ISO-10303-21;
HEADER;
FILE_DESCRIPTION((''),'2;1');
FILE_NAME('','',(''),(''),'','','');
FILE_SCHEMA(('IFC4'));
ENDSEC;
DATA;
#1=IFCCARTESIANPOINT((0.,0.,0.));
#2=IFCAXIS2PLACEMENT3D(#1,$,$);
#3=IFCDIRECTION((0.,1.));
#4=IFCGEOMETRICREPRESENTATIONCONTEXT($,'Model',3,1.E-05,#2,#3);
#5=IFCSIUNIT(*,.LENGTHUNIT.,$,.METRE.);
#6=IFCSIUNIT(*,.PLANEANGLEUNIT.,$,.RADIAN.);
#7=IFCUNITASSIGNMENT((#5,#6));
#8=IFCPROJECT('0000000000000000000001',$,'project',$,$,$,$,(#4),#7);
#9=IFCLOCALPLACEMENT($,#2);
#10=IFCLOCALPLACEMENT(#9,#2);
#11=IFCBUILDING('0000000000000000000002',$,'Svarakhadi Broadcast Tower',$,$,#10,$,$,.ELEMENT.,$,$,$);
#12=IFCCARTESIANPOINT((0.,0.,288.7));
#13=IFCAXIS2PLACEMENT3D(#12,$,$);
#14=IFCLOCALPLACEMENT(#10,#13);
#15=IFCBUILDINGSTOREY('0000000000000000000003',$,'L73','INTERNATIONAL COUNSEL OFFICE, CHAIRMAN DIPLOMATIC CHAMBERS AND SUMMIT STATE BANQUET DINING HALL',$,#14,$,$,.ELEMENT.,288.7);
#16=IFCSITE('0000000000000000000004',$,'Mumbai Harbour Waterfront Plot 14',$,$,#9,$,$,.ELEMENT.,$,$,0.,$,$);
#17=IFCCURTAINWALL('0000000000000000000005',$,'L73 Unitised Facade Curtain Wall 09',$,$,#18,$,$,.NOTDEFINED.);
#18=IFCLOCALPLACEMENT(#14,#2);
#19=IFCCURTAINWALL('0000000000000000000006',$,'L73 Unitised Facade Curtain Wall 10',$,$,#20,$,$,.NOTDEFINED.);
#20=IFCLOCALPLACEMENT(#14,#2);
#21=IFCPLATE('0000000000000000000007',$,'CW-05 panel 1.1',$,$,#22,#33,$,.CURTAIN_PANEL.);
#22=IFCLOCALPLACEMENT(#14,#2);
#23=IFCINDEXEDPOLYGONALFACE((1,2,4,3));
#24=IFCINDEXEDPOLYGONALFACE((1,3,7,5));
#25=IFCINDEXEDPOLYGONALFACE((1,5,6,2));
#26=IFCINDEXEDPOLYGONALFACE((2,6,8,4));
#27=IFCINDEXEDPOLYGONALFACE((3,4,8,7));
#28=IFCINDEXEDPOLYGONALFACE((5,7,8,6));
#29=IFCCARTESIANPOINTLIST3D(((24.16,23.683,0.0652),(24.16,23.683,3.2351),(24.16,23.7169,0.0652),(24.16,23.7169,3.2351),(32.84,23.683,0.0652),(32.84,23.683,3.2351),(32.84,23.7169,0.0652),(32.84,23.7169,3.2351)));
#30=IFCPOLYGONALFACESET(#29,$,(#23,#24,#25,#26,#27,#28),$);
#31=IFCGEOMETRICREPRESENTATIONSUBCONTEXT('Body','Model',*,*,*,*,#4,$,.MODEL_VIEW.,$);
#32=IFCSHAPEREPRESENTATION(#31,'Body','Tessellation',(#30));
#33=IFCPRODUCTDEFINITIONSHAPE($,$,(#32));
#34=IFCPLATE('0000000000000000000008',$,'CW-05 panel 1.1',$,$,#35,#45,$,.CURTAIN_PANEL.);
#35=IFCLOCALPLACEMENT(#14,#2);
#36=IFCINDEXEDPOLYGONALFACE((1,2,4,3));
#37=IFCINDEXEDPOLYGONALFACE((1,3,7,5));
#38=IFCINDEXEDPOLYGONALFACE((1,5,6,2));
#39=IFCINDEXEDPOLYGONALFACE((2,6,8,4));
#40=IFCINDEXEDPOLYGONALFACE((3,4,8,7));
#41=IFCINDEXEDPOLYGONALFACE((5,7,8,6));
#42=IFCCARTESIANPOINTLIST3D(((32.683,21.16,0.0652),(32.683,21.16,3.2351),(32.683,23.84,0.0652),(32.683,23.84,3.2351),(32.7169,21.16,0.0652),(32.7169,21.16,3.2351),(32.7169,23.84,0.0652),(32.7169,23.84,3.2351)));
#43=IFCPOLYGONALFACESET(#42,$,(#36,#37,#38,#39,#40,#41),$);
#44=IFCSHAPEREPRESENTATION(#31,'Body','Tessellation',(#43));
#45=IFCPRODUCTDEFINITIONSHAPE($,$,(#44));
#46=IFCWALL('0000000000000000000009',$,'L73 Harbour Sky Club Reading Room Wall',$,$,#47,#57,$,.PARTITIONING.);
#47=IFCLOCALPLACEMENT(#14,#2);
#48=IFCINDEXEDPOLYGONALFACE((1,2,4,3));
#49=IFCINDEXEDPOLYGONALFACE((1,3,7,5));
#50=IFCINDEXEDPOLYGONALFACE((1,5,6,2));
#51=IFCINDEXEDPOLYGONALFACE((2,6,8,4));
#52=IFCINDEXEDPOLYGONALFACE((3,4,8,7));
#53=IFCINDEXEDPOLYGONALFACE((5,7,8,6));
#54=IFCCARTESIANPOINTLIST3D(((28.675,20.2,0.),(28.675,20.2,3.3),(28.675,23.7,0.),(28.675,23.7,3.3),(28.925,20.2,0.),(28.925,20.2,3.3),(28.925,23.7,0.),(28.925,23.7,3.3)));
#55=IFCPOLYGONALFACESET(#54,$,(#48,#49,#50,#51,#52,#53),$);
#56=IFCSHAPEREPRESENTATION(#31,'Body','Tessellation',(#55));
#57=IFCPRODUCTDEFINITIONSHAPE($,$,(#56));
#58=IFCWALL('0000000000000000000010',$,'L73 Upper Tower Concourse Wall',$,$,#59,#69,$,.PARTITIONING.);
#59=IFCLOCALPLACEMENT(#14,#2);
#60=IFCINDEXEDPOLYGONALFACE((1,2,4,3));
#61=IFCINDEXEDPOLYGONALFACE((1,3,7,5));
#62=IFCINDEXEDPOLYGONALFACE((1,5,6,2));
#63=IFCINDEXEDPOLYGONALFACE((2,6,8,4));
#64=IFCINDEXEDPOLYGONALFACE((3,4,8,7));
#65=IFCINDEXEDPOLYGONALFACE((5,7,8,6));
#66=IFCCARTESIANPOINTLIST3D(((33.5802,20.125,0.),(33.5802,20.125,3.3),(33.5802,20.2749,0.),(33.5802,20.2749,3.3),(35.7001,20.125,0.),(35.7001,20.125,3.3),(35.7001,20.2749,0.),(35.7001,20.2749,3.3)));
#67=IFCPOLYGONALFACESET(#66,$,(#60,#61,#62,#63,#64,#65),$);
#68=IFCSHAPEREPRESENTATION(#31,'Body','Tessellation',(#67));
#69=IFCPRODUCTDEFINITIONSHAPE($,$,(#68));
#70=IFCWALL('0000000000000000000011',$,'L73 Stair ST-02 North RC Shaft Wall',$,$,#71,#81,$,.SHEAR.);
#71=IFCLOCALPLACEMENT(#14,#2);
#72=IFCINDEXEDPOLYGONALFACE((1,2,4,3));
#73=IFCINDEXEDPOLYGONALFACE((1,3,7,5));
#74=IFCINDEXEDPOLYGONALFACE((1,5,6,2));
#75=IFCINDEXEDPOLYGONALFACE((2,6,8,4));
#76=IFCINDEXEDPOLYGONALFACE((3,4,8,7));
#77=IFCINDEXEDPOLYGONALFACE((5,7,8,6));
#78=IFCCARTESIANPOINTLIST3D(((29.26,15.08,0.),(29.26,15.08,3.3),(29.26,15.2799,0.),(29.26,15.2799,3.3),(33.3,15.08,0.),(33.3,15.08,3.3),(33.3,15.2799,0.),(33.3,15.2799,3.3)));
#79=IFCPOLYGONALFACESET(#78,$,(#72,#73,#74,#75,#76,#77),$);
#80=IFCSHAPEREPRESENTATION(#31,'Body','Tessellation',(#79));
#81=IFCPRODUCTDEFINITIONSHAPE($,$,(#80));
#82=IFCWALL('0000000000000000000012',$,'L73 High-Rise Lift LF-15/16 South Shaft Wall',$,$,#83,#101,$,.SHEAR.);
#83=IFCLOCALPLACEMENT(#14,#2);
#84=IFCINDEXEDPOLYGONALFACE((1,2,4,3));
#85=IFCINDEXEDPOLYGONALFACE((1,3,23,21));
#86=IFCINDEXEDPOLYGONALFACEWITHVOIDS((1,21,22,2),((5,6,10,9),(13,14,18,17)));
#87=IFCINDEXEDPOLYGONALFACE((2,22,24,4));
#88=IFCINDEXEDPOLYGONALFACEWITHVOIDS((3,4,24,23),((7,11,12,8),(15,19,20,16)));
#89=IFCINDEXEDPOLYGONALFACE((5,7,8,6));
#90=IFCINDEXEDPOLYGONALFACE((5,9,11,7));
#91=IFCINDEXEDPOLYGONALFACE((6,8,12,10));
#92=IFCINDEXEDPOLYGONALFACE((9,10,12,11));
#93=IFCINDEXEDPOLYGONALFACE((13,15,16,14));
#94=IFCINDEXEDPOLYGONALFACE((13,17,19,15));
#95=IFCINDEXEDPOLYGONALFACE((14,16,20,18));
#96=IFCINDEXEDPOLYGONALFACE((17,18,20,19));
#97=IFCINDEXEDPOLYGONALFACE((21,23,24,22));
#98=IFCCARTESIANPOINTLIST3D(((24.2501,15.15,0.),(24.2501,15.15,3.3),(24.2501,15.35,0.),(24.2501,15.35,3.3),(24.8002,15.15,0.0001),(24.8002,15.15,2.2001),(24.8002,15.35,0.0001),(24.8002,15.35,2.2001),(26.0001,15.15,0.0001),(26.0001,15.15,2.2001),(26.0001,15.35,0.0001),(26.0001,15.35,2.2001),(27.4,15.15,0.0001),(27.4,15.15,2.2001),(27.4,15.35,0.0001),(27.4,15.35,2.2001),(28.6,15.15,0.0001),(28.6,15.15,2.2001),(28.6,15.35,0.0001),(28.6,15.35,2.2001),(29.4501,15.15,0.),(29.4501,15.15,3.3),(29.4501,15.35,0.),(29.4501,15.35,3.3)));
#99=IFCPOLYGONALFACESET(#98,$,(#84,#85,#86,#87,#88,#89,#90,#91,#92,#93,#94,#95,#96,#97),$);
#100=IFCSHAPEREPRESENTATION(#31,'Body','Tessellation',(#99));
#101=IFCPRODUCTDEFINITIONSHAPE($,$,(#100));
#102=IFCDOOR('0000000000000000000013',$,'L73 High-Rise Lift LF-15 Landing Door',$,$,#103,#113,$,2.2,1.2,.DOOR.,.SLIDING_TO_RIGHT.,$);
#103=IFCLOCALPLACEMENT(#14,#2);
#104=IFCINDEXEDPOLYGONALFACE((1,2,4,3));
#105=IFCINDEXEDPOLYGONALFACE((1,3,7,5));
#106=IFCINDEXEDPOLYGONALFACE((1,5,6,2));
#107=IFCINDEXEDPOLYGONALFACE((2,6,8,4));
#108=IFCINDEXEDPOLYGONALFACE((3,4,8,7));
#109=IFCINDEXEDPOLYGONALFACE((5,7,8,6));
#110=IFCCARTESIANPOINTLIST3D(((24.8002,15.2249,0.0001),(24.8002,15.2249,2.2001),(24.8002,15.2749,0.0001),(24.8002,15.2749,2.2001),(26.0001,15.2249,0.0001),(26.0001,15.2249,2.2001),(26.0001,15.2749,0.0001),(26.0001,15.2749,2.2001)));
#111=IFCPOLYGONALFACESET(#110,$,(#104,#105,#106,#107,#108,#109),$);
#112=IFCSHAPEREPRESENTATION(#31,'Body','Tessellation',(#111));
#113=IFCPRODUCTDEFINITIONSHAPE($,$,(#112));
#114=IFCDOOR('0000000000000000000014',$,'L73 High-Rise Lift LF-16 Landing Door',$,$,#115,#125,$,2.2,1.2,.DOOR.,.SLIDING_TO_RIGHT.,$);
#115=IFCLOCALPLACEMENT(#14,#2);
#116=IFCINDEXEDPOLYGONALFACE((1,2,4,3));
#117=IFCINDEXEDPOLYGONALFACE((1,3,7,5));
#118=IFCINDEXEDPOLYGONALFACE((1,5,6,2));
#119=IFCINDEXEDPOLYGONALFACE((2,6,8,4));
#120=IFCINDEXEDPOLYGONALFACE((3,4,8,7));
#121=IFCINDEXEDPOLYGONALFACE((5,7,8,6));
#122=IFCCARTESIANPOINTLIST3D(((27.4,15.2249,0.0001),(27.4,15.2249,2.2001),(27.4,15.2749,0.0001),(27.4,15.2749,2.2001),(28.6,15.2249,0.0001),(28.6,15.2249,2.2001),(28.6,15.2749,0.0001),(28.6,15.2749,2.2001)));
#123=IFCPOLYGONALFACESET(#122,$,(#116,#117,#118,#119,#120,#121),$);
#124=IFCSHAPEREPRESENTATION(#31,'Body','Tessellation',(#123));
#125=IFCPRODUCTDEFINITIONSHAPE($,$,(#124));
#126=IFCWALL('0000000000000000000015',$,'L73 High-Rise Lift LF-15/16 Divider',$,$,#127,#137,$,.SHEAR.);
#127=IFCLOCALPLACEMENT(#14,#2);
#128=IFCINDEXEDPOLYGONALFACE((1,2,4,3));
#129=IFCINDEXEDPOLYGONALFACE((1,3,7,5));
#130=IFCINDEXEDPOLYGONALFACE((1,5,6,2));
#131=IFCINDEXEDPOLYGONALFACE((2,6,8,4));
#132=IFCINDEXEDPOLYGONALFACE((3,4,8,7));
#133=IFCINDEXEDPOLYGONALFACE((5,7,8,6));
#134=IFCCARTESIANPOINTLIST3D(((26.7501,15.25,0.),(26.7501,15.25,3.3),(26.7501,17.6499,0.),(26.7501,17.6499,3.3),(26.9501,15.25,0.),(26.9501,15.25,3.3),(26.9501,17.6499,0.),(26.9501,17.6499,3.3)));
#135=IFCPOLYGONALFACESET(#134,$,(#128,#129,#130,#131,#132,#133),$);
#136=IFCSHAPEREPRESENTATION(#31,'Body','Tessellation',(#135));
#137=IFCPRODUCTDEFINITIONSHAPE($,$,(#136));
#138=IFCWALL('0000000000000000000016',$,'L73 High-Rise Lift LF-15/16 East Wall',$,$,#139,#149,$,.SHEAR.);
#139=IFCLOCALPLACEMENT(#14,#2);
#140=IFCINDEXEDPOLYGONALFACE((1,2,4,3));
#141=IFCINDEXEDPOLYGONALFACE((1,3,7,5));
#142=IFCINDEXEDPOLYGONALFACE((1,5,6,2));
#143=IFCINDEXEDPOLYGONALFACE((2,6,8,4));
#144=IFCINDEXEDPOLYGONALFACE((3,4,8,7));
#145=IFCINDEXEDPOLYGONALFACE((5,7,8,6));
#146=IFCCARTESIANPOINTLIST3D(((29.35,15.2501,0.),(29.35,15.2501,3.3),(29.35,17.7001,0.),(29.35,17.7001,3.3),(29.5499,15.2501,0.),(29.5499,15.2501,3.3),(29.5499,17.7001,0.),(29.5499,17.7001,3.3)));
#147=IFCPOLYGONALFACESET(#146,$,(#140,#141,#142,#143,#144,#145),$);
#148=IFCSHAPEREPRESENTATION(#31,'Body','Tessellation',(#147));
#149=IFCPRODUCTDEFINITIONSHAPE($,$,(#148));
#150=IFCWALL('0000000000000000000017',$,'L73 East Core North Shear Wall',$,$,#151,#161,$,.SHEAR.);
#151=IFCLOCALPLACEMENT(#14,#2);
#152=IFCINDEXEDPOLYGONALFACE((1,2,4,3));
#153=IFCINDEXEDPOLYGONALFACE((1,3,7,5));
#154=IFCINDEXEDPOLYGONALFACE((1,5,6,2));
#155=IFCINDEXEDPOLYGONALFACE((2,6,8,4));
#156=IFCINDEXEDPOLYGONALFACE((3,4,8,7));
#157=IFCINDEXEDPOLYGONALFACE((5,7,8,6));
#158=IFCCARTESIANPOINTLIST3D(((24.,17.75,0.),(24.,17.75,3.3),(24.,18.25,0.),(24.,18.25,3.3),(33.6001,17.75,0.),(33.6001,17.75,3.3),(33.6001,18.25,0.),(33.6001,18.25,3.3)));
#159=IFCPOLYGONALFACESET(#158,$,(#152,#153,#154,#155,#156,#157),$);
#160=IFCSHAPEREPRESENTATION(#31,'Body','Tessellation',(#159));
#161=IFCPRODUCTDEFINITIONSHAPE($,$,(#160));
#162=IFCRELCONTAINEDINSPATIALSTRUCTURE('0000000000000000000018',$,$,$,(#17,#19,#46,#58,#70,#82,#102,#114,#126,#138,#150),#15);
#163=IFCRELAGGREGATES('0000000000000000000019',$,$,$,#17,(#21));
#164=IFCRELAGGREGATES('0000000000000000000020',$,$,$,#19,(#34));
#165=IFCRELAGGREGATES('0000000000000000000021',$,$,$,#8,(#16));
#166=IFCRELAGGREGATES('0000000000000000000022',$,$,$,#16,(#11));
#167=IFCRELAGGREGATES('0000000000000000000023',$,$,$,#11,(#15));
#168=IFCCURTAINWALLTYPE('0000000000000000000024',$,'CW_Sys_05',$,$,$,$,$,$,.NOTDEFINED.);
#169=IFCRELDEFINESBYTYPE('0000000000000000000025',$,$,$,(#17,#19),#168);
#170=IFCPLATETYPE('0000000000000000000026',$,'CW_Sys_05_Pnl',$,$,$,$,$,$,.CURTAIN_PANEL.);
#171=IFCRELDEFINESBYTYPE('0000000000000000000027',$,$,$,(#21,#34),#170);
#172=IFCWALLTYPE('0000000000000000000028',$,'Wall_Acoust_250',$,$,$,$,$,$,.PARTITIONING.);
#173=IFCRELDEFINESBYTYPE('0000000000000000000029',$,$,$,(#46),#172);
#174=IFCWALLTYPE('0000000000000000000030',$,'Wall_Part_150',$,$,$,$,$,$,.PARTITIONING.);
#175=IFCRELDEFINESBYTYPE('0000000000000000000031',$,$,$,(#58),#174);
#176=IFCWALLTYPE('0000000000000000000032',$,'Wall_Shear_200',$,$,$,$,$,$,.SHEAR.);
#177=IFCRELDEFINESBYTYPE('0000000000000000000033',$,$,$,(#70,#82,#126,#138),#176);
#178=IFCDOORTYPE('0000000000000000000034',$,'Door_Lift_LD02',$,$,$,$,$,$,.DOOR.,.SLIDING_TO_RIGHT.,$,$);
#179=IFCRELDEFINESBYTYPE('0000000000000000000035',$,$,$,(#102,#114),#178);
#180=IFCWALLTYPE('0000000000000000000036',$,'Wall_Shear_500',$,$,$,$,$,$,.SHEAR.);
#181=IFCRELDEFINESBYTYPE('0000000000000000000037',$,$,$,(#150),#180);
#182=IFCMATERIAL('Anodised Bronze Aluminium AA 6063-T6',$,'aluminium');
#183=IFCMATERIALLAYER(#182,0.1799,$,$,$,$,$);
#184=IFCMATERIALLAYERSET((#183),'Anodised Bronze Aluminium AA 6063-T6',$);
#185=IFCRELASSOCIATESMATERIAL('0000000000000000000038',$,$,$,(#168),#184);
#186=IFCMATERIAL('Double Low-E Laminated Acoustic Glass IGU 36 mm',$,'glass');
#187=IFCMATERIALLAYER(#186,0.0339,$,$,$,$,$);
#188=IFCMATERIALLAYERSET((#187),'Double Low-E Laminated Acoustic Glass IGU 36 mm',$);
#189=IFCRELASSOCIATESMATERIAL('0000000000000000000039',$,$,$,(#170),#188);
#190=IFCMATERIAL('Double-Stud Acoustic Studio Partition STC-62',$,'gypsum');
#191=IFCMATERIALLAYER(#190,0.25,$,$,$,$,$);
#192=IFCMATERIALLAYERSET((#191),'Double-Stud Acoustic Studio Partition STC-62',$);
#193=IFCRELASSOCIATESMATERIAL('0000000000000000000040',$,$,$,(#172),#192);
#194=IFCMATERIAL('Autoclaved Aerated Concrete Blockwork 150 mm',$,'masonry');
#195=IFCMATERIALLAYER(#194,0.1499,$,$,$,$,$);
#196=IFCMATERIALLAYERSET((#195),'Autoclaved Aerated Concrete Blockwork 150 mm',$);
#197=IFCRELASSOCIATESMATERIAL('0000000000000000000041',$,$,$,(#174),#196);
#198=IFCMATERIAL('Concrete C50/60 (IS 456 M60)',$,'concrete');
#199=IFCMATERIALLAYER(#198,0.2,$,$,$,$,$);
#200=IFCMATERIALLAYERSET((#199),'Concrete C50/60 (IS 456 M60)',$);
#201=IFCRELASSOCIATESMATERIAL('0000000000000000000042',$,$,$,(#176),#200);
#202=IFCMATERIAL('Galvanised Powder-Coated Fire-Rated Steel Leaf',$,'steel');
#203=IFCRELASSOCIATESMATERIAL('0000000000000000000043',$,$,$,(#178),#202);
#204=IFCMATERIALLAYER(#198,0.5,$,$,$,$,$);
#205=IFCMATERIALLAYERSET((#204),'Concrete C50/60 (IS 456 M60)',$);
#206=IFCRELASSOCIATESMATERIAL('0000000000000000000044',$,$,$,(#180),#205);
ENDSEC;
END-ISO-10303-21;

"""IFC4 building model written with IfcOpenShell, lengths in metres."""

from ifc_helpers import new_model, si_unit, direction, frame, frame_2d, origin, origin_2d, place, context, subcontext, project, spatial, rectangle, extrude, material, layer, layer_set, type_object, element, fill, aggregate, save


model = new_model("IFC4")

# Units and contexts
model_context = context("Model", 3, precision=1e-05, world=origin(), true_north=direction((0.0, 1.0)))
body_context = subcontext(model_context, "Body", "Model", "MODEL_VIEW")
ifc_project = project(units=[si_unit("LENGTHUNIT", "METRE"), si_unit("PLANEANGLEUNIT", "RADIAN")], contexts=[model_context])

# Site, building, storey
site_placement = place(None, origin())
site = spatial("IfcSite", under=ifc_project, at=site_placement, Name="Mumbai Harbour Waterfront Plot 14", CompositionType="ELEMENT", RefElevation=0.0)
building_placement = place(site_placement, origin())
building = spatial("IfcBuilding", under=site, at=building_placement, Name="Svarakhadi Broadcast Tower", CompositionType="ELEMENT")
storey_placement = place(building_placement, frame((0.0, 0.0, 288.7)))
storey = spatial("IfcBuildingStorey", under=building, at=storey_placement, Name="L73", Description="INTERNATIONAL COUNSEL OFFICE, CHAIRMAN DIPLOMATIC CHAMBERS AND SUMMIT STATE BANQUET DINING HALL", CompositionType="ELEMENT", Elevation=288.7)

# Curtain walls
ifc_material_1 = material(Name="Anodised Bronze Aluminium AA 6063-T6", Category="aluminium")
ifc_layer_1 = layer(ifc_material_1, 0.1799)
ifc_layer_set_1 = layer_set([ifc_layer_1], Name="Anodised Bronze Aluminium AA 6063-T6")
curtain_wall_type = type_object("IfcCurtainWallType", Name="CW_Sys_05", PredefinedType="NOTDEFINED", material=ifc_layer_set_1)
curtain_wall_1_placement = place(storey_placement, origin())
curtain_wall_1 = element("IfcCurtainWall", 1, at=curtain_wall_1_placement, inside=storey, type_object=curtain_wall_type, Name="L73 Unitised Facade Curtain Wall 09", PredefinedType="NOTDEFINED")
curtain_wall_2_placement = place(storey_placement, origin())
curtain_wall_2 = element("IfcCurtainWall", 2, at=curtain_wall_2_placement, inside=storey, type_object=curtain_wall_type, Name="L73 Unitised Facade Curtain Wall 10", PredefinedType="NOTDEFINED")

# Plates
ifc_material_2 = material(Name="Double Low-E Laminated Acoustic Glass IGU 36 mm", Category="glass")
ifc_layer_2 = layer(ifc_material_2, 0.0339)
ifc_layer_set_2 = layer_set([ifc_layer_2], Name="Double Low-E Laminated Acoustic Glass IGU 36 mm")
plate_type = type_object("IfcPlateType", Name="CW_Sys_05_Pnl", PredefinedType="CURTAIN_PANEL", material=ifc_layer_set_2)
plate_1_placement = place(storey_placement, frame((28.5, 23.7, 0.0652), z_axis=(0.0, 0.0, 1.0), x_axis=(1.0, 0.0, 0.0)))
plate_1 = element("IfcPlate", 3, at=plate_1_placement, type_object=plate_type, Name="CW-05 panel 1.1", PredefinedType="CURTAIN_PANEL", context=body_context, shape_type="SweptSolid", body=[
    extrude(rectangle(XDim=8.6799, YDim=0.0339, at=origin_2d()), origin(), (0.0, 0.0, 1.0), 3.1699),
])
aggregate(curtain_wall_1, [plate_1])
plate_2_placement = place(storey_placement, frame((32.7, 22.5, 0.0652), z_axis=(0.0, 0.0, 1.0), x_axis=(0.0, -1.0, 0.0)))
plate_2 = element("IfcPlate", 4, at=plate_2_placement, type_object=plate_type, Name="CW-05 panel 1.1", PredefinedType="CURTAIN_PANEL", context=body_context, shape_type="SweptSolid", body=[
    extrude(rectangle(XDim=2.6799, YDim=0.0339, at=origin_2d()), origin(), (0.0, 0.0, 1.0), 3.1699),
])
aggregate(curtain_wall_2, [plate_2])

# Wall
ifc_material_3 = material(Name="Double-Stud Acoustic Studio Partition STC-62", Category="gypsum")
ifc_layer_3 = layer(ifc_material_3, 0.25)
ifc_layer_set_3 = layer_set([ifc_layer_3], Name="Double-Stud Acoustic Studio Partition STC-62")
wall_type_1 = type_object("IfcWallType", Name="Wall_Acoust_250", PredefinedType="PARTITIONING", material=ifc_layer_set_3)
wall_1_placement = place(storey_placement, frame((28.8, 20.2, 0.0), z_axis=(0.0, 0.0, 1.0), x_axis=(0.0, 1.0, 0.0)))
element("IfcWall", 5, at=wall_1_placement, inside=storey, type_object=wall_type_1, Name="L73 Harbour Sky Club Reading Room Wall", PredefinedType="PARTITIONING", context=body_context, shape_type="SweptSolid", body=[
    extrude(rectangle(XDim=3.5, YDim=0.25, at=frame_2d((1.75, 0.0))), origin(), (0.0, 0.0, 1.0), 3.3),
])

# Shared definitions
ifc_material_4 = material(Name="Autoclaved Aerated Concrete Blockwork 150 mm", Category="masonry")
ifc_layer_4 = layer(ifc_material_4, 0.1499)
ifc_layer_set_4 = layer_set([ifc_layer_4], Name="Autoclaved Aerated Concrete Blockwork 150 mm")
wall_type_2 = type_object("IfcWallType", Name="Wall_Part_150", PredefinedType="PARTITIONING", material=ifc_layer_set_4)
ifc_material_5 = material(Name="Galvanised Powder-Coated Fire-Rated Steel Leaf", Category="steel")

# Walls
wall_2_placement = place(storey_placement, frame((33.5801, 20.2, 0.0), z_axis=(0.0, 0.0, 1.0), x_axis=(1.0, 0.0, 0.0)))
element("IfcWall", 6, at=wall_2_placement, inside=storey, type_object=wall_type_2, Name="L73 Upper Tower Concourse Wall", PredefinedType="PARTITIONING", context=body_context, shape_type="SweptSolid", body=[
    extrude(rectangle(XDim=2.1199, YDim=0.1499, at=frame_2d((1.0601, 0.0))), origin(), (0.0, 0.0, 1.0), 3.3),
])
ifc_material_6 = material(Name="Concrete C50/60 (IS 456 M60)", Category="concrete")
ifc_layer_5 = layer(ifc_material_6, 0.2)
ifc_layer_set_5 = layer_set([ifc_layer_5], Name="Concrete C50/60 (IS 456 M60)")
wall_type_3 = type_object("IfcWallType", Name="Wall_Shear_200", PredefinedType="SHEAR", material=ifc_layer_set_5)
wall_3_placement = place(storey_placement, frame((29.26, 15.1799, 0.0), z_axis=(0.0, 0.0, 1.0), x_axis=(1.0, 0.0, 0.0)))
element("IfcWall", 7, at=wall_3_placement, inside=storey, type_object=wall_type_3, Name="L73 Stair ST-02 North RC Shaft Wall", PredefinedType="SHEAR", context=body_context, shape_type="SweptSolid", body=[
    extrude(rectangle(XDim=4.04, YDim=0.2, at=frame_2d((2.02, 0.0))), origin(), (0.0, 0.0, 1.0), 3.3),
])

# Wall, openings, doors
wall_4_placement = place(storey_placement, frame((24.25, 15.25, 0.0), z_axis=(0.0, 0.0, 1.0), x_axis=(1.0, 0.0, 0.0)))
wall_4 = element("IfcWall", 8, at=wall_4_placement, inside=storey, type_object=wall_type_3, Name="L73 High-Rise Lift LF-15/16 South Shaft Wall", PredefinedType="SHEAR", context=body_context, shape_type="SweptSolid", body=[
    extrude(rectangle(XDim=5.2, YDim=0.2, at=frame_2d((2.6001, 0.0))), origin(), (0.0, 0.0, 1.0), 3.3),
])
opening_1_placement = place(wall_4_placement, frame((0.55, 0.0, 0.0)))
opening_1 = element("IfcOpeningElement", 9, at=opening_1_placement, cuts=wall_4, PredefinedType="OPENING", context=body_context, shape_type="SweptSolid", body=[
    extrude(rectangle(XDim=1.2, YDim=2.2, at=frame_2d((0.6001, 1.1001))), frame((0.0, 0.1099, 0.0), z_axis=(0.0, -1.0, 0.0), x_axis=(1.0, 0.0, 0.0)), (0.0, 0.0, 1.0), 0.22),
])
opening_2_placement = place(wall_4_placement, frame((3.1499, 0.0, 0.0)))
opening_2 = element("IfcOpeningElement", 10, at=opening_2_placement, cuts=wall_4, PredefinedType="OPENING", context=body_context, shape_type="SweptSolid", body=[
    extrude(rectangle(XDim=1.2, YDim=2.2, at=frame_2d((0.6001, 1.1001))), frame((0.0, 0.1099, 0.0), z_axis=(0.0, -1.0, 0.0), x_axis=(1.0, 0.0, 0.0)), (0.0, 0.0, 1.0), 0.22),
])
door_type_1 = type_object("IfcDoorType", Name="Door_Lift_LD02", OperationType="SLIDING_TO_RIGHT", PredefinedType="DOOR", material=ifc_material_5)
door_1_placement = place(opening_1_placement, origin())
door_1 = element("IfcDoor", 11, at=door_1_placement, inside=storey, type_object=door_type_1, Name="L73 High-Rise Lift LF-15 Landing Door", OperationType="SLIDING_TO_RIGHT", OverallHeight=2.2, OverallWidth=1.2, PredefinedType="DOOR", context=body_context, shape_type="SweptSolid", body=[
    extrude(rectangle(XDim=1.2, YDim=2.2, at=frame_2d((0.6001, 1.1001))), frame((0.0, 0.0249, 0.0), z_axis=(0.0, -1.0, 0.0), x_axis=(1.0, 0.0, 0.0)), (0.0, 0.0, 1.0), 0.05),
])
fill(opening_1, door_1)
door_2_placement = place(opening_2_placement, origin())
door_2 = element("IfcDoor", 12, at=door_2_placement, inside=storey, type_object=door_type_1, Name="L73 High-Rise Lift LF-16 Landing Door", OperationType="SLIDING_TO_RIGHT", OverallHeight=2.2, OverallWidth=1.2, PredefinedType="DOOR", context=body_context, shape_type="SweptSolid", body=[
    extrude(rectangle(XDim=1.2, YDim=2.2, at=frame_2d((0.6001, 1.1001))), frame((0.0, 0.0249, 0.0), z_axis=(0.0, -1.0, 0.0), x_axis=(1.0, 0.0, 0.0)), (0.0, 0.0, 1.0), 0.05),
])
fill(opening_2, door_2)

# Walls
wall_5_placement = place(storey_placement, frame((26.8501, 15.25, 0.0), z_axis=(0.0, 0.0, 1.0), x_axis=(0.0, 1.0, 0.0)))
element("IfcWall", 13, at=wall_5_placement, inside=storey, type_object=wall_type_3, Name="L73 High-Rise Lift LF-15/16 Divider", PredefinedType="SHEAR", context=body_context, shape_type="SweptSolid", body=[
    extrude(rectangle(XDim=2.3999, YDim=0.2, at=frame_2d((1.2, 0.0))), origin(), (0.0, 0.0, 1.0), 3.3),
])
wall_6_placement = place(storey_placement, frame((29.45, 15.25, 0.0), z_axis=(0.0, 0.0, 1.0), x_axis=(0.0, 1.0, 0.0)))
element("IfcWall", 14, at=wall_6_placement, inside=storey, type_object=wall_type_3, Name="L73 High-Rise Lift LF-15/16 East Wall", PredefinedType="SHEAR", context=body_context, shape_type="SweptSolid", body=[
    extrude(rectangle(XDim=2.45, YDim=0.2, at=frame_2d((1.2251, 0.0))), origin(), (0.0, 0.0, 1.0), 3.3),
])
ifc_layer_6 = layer(ifc_material_6, 0.5)
ifc_layer_set_6 = layer_set([ifc_layer_6], Name="Concrete C50/60 (IS 456 M60)")
wall_type_4 = type_object("IfcWallType", Name="Wall_Shear_500", PredefinedType="SHEAR", material=ifc_layer_set_6)
wall_7_placement = place(storey_placement, frame((24.0, 18.0, 0.0), z_axis=(0.0, 0.0, 1.0), x_axis=(1.0, 0.0, 0.0)))
element("IfcWall", 15, at=wall_7_placement, inside=storey, type_object=wall_type_4, Name="L73 East Core North Shear Wall", PredefinedType="SHEAR", context=body_context, shape_type="SweptSolid", body=[
    extrude(rectangle(XDim=9.6001, YDim=0.5, at=frame_2d((4.8, 0.0))), origin(), (0.0, 0.0, 1.0), 3.3),
])

save(model, "model.ifc")
